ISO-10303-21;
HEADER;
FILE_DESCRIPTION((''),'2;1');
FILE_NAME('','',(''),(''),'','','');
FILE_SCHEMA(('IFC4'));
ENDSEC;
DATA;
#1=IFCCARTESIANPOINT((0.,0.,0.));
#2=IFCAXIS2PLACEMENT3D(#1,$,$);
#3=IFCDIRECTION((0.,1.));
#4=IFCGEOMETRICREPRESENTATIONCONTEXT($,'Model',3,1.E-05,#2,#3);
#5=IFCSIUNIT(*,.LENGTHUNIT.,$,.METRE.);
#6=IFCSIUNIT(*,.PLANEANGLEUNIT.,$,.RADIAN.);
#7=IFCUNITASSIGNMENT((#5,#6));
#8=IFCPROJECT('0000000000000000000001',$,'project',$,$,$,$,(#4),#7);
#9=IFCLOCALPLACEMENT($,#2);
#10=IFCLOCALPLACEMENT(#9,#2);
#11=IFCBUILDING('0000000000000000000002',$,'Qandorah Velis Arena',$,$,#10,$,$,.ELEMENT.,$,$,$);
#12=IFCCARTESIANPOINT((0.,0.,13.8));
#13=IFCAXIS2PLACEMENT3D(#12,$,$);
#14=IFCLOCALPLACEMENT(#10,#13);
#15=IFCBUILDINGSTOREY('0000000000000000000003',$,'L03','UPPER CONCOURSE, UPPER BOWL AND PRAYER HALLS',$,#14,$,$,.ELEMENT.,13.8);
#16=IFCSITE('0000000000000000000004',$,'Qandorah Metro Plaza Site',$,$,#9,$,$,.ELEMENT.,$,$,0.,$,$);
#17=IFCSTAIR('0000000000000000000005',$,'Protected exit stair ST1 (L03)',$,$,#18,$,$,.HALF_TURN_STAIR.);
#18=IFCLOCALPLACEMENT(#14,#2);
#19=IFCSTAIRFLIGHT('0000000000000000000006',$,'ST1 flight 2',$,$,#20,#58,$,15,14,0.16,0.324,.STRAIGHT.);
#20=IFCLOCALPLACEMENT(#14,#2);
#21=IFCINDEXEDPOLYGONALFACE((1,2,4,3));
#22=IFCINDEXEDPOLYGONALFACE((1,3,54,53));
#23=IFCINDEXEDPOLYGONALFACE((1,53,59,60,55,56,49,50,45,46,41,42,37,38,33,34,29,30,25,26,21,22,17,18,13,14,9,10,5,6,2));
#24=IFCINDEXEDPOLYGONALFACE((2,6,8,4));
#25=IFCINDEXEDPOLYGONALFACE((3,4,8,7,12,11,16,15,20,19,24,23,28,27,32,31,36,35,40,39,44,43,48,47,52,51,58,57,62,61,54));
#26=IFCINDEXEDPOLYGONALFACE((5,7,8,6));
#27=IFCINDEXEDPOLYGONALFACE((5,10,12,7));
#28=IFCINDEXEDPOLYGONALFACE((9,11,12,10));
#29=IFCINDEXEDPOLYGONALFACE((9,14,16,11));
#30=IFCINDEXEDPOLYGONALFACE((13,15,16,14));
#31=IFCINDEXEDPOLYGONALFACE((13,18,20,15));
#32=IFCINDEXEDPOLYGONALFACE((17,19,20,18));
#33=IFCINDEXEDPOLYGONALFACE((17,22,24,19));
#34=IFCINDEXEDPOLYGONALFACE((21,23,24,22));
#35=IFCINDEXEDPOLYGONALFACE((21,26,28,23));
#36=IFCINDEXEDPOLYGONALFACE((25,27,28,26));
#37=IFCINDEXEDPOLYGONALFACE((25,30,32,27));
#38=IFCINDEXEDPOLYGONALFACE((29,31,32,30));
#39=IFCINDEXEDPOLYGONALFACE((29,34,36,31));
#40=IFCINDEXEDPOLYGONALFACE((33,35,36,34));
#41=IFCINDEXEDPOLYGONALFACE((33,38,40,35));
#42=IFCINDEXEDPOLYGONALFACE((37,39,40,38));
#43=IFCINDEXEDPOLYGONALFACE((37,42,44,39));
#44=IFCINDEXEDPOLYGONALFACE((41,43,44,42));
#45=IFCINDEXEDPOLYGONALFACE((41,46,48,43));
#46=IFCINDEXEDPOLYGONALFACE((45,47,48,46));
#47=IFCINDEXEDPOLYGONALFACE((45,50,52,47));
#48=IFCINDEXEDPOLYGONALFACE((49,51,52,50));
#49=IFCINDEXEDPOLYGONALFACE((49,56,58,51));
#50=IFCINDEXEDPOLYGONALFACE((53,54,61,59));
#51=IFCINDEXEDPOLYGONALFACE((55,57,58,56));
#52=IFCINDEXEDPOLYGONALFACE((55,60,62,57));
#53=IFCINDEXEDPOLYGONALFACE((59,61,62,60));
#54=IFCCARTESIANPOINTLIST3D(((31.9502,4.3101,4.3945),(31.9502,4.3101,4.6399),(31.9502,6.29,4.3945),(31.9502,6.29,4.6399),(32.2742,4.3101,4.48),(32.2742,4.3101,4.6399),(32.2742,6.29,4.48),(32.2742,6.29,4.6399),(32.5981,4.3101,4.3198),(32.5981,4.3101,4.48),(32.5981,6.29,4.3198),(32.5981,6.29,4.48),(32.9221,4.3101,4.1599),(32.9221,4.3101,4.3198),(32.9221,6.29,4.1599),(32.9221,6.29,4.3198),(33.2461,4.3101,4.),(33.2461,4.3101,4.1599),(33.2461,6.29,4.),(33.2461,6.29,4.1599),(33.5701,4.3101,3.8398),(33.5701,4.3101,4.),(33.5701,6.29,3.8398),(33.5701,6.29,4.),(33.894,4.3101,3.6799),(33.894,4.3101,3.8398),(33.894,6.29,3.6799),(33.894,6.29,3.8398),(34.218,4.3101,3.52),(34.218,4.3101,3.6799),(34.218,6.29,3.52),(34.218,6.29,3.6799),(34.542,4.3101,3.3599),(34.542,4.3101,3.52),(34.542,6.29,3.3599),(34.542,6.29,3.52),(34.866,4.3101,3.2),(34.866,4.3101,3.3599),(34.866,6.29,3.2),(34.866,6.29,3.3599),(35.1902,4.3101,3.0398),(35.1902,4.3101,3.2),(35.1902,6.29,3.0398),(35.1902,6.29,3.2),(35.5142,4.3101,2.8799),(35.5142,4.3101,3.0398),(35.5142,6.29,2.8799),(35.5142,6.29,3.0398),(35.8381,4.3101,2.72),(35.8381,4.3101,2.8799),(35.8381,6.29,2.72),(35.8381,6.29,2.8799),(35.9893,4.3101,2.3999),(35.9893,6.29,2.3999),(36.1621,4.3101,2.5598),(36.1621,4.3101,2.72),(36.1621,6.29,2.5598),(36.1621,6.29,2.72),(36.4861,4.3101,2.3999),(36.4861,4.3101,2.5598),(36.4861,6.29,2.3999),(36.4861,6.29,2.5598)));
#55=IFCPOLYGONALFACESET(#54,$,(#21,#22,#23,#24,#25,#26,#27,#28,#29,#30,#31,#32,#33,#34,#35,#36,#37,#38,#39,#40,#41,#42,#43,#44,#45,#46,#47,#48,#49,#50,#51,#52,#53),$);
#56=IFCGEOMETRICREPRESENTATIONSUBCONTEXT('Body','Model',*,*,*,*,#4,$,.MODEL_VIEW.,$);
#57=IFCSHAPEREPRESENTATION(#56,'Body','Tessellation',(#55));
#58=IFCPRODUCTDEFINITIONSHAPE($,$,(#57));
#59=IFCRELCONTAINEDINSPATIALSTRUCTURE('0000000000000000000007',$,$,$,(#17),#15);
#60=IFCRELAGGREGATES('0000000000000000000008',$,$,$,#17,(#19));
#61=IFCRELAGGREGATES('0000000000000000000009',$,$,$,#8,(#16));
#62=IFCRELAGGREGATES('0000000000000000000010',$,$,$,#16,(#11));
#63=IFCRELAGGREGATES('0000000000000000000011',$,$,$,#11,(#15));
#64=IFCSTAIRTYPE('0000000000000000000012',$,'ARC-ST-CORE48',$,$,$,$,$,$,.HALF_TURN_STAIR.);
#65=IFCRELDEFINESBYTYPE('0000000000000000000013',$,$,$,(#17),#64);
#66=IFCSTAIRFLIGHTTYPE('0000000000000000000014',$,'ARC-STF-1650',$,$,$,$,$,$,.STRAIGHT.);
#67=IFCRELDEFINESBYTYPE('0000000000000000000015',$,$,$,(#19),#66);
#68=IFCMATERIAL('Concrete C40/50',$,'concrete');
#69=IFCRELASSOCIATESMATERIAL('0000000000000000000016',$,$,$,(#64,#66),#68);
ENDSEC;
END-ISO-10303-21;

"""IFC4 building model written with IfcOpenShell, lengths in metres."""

from ifc_helpers import new_model, si_unit, direction, frame, origin, place, context, subcontext, project, spatial, polyline, outline, extrude, material, type_object, element, aggregate, save


model = new_model("IFC4")

# Units and contexts
model_context = context("Model", 3, precision=1e-05, world=origin(), true_north=direction((0.0, 1.0)))
body_context = subcontext(model_context, "Body", "Model", "MODEL_VIEW")
ifc_project = project(units=[si_unit("LENGTHUNIT", "METRE"), si_unit("PLANEANGLEUNIT", "RADIAN")], contexts=[model_context])

# Site, building, storey
site_placement = place(None, origin())
site = spatial("IfcSite", under=ifc_project, at=site_placement, Name="Qandorah Metro Plaza Site", CompositionType="ELEMENT", RefElevation=0.0)
building_placement = place(site_placement, origin())
building = spatial("IfcBuilding", under=site, at=building_placement, Name="Qandorah Velis Arena", CompositionType="ELEMENT")
storey_placement = place(building_placement, frame((0.0, 0.0, 13.8)))
storey = spatial("IfcBuildingStorey", under=building, at=storey_placement, Name="L03", Description="UPPER CONCOURSE, UPPER BOWL AND PRAYER HALLS", CompositionType="ELEMENT", Elevation=13.8)

# Shared definitions
ifc_material_1 = material(Name="Concrete C40/50", Category="concrete")

# Stair, stair flight
stair_type = type_object("IfcStairType", Name="ARC-ST-CORE48", PredefinedType="HALF_TURN_STAIR", material=ifc_material_1)
stair_placement = place(storey_placement, origin())
stair = element("IfcStair", 1, at=stair_placement, inside=storey, type_object=stair_type, Name="Protected exit stair ST1 (L03)", PredefinedType="HALF_TURN_STAIR")
stair_flight_type = type_object("IfcStairFlightType", Name="ARC-STF-1650", PredefinedType="STRAIGHT", material=ifc_material_1)
stair_flight_1_placement = place(storey_placement, frame((36.4861, 5.3, 2.3999), z_axis=(0.0, 0.0, 1.0), x_axis=(-1.0, 0.0, 0.0)))
stair_flight_1 = element("IfcStairFlight", 2, at=stair_flight_1_placement, type_object=stair_flight_type, Name="ST1 flight 2", NumberOfRisers=15, NumberOfTreads=14, PredefinedType="STRAIGHT", RiserHeight=0.16, TreadLength=0.324, context=body_context, shape_type="SweptSolid", body=[
    extrude(outline(polyline([(0.0, 0.0), (0.0, 0.1599), (0.324, 0.1599), (0.324, 0.3201), (0.6479, 0.3201), (0.6479, 0.48), (0.9719, 0.48), (0.9719, 0.6399), (1.2959, 0.6399), (1.2959, 0.8), (1.6201, 0.8), (1.6201, 0.96), (1.9441, 0.96), (1.9441, 1.1201), (2.2681, 1.1201), (2.2681, 1.28), (2.592, 1.28), (2.592, 1.4399), (2.916, 1.4399), (2.916, 1.6001), (3.24, 1.6001), (3.24, 1.76), (3.564, 1.76), (3.564, 1.9199), (3.8879, 1.9199), (3.8879, 2.0801), (4.2119, 2.0801), (4.2119, 2.24), (4.5359, 2.24), (4.5359, 2.3999), (4.5359, 1.9946), (0.4968, 0.0), (0.0, 0.0)])), frame((0.0, 0.99, 0.0), z_axis=(0.0, -1.0, 0.0), x_axis=(1.0, 0.0, 0.0)), (0.0, 0.0, 1.0), 1.98),
])
aggregate(stair, [stair_flight_1])

save(model, "model.ifc")
